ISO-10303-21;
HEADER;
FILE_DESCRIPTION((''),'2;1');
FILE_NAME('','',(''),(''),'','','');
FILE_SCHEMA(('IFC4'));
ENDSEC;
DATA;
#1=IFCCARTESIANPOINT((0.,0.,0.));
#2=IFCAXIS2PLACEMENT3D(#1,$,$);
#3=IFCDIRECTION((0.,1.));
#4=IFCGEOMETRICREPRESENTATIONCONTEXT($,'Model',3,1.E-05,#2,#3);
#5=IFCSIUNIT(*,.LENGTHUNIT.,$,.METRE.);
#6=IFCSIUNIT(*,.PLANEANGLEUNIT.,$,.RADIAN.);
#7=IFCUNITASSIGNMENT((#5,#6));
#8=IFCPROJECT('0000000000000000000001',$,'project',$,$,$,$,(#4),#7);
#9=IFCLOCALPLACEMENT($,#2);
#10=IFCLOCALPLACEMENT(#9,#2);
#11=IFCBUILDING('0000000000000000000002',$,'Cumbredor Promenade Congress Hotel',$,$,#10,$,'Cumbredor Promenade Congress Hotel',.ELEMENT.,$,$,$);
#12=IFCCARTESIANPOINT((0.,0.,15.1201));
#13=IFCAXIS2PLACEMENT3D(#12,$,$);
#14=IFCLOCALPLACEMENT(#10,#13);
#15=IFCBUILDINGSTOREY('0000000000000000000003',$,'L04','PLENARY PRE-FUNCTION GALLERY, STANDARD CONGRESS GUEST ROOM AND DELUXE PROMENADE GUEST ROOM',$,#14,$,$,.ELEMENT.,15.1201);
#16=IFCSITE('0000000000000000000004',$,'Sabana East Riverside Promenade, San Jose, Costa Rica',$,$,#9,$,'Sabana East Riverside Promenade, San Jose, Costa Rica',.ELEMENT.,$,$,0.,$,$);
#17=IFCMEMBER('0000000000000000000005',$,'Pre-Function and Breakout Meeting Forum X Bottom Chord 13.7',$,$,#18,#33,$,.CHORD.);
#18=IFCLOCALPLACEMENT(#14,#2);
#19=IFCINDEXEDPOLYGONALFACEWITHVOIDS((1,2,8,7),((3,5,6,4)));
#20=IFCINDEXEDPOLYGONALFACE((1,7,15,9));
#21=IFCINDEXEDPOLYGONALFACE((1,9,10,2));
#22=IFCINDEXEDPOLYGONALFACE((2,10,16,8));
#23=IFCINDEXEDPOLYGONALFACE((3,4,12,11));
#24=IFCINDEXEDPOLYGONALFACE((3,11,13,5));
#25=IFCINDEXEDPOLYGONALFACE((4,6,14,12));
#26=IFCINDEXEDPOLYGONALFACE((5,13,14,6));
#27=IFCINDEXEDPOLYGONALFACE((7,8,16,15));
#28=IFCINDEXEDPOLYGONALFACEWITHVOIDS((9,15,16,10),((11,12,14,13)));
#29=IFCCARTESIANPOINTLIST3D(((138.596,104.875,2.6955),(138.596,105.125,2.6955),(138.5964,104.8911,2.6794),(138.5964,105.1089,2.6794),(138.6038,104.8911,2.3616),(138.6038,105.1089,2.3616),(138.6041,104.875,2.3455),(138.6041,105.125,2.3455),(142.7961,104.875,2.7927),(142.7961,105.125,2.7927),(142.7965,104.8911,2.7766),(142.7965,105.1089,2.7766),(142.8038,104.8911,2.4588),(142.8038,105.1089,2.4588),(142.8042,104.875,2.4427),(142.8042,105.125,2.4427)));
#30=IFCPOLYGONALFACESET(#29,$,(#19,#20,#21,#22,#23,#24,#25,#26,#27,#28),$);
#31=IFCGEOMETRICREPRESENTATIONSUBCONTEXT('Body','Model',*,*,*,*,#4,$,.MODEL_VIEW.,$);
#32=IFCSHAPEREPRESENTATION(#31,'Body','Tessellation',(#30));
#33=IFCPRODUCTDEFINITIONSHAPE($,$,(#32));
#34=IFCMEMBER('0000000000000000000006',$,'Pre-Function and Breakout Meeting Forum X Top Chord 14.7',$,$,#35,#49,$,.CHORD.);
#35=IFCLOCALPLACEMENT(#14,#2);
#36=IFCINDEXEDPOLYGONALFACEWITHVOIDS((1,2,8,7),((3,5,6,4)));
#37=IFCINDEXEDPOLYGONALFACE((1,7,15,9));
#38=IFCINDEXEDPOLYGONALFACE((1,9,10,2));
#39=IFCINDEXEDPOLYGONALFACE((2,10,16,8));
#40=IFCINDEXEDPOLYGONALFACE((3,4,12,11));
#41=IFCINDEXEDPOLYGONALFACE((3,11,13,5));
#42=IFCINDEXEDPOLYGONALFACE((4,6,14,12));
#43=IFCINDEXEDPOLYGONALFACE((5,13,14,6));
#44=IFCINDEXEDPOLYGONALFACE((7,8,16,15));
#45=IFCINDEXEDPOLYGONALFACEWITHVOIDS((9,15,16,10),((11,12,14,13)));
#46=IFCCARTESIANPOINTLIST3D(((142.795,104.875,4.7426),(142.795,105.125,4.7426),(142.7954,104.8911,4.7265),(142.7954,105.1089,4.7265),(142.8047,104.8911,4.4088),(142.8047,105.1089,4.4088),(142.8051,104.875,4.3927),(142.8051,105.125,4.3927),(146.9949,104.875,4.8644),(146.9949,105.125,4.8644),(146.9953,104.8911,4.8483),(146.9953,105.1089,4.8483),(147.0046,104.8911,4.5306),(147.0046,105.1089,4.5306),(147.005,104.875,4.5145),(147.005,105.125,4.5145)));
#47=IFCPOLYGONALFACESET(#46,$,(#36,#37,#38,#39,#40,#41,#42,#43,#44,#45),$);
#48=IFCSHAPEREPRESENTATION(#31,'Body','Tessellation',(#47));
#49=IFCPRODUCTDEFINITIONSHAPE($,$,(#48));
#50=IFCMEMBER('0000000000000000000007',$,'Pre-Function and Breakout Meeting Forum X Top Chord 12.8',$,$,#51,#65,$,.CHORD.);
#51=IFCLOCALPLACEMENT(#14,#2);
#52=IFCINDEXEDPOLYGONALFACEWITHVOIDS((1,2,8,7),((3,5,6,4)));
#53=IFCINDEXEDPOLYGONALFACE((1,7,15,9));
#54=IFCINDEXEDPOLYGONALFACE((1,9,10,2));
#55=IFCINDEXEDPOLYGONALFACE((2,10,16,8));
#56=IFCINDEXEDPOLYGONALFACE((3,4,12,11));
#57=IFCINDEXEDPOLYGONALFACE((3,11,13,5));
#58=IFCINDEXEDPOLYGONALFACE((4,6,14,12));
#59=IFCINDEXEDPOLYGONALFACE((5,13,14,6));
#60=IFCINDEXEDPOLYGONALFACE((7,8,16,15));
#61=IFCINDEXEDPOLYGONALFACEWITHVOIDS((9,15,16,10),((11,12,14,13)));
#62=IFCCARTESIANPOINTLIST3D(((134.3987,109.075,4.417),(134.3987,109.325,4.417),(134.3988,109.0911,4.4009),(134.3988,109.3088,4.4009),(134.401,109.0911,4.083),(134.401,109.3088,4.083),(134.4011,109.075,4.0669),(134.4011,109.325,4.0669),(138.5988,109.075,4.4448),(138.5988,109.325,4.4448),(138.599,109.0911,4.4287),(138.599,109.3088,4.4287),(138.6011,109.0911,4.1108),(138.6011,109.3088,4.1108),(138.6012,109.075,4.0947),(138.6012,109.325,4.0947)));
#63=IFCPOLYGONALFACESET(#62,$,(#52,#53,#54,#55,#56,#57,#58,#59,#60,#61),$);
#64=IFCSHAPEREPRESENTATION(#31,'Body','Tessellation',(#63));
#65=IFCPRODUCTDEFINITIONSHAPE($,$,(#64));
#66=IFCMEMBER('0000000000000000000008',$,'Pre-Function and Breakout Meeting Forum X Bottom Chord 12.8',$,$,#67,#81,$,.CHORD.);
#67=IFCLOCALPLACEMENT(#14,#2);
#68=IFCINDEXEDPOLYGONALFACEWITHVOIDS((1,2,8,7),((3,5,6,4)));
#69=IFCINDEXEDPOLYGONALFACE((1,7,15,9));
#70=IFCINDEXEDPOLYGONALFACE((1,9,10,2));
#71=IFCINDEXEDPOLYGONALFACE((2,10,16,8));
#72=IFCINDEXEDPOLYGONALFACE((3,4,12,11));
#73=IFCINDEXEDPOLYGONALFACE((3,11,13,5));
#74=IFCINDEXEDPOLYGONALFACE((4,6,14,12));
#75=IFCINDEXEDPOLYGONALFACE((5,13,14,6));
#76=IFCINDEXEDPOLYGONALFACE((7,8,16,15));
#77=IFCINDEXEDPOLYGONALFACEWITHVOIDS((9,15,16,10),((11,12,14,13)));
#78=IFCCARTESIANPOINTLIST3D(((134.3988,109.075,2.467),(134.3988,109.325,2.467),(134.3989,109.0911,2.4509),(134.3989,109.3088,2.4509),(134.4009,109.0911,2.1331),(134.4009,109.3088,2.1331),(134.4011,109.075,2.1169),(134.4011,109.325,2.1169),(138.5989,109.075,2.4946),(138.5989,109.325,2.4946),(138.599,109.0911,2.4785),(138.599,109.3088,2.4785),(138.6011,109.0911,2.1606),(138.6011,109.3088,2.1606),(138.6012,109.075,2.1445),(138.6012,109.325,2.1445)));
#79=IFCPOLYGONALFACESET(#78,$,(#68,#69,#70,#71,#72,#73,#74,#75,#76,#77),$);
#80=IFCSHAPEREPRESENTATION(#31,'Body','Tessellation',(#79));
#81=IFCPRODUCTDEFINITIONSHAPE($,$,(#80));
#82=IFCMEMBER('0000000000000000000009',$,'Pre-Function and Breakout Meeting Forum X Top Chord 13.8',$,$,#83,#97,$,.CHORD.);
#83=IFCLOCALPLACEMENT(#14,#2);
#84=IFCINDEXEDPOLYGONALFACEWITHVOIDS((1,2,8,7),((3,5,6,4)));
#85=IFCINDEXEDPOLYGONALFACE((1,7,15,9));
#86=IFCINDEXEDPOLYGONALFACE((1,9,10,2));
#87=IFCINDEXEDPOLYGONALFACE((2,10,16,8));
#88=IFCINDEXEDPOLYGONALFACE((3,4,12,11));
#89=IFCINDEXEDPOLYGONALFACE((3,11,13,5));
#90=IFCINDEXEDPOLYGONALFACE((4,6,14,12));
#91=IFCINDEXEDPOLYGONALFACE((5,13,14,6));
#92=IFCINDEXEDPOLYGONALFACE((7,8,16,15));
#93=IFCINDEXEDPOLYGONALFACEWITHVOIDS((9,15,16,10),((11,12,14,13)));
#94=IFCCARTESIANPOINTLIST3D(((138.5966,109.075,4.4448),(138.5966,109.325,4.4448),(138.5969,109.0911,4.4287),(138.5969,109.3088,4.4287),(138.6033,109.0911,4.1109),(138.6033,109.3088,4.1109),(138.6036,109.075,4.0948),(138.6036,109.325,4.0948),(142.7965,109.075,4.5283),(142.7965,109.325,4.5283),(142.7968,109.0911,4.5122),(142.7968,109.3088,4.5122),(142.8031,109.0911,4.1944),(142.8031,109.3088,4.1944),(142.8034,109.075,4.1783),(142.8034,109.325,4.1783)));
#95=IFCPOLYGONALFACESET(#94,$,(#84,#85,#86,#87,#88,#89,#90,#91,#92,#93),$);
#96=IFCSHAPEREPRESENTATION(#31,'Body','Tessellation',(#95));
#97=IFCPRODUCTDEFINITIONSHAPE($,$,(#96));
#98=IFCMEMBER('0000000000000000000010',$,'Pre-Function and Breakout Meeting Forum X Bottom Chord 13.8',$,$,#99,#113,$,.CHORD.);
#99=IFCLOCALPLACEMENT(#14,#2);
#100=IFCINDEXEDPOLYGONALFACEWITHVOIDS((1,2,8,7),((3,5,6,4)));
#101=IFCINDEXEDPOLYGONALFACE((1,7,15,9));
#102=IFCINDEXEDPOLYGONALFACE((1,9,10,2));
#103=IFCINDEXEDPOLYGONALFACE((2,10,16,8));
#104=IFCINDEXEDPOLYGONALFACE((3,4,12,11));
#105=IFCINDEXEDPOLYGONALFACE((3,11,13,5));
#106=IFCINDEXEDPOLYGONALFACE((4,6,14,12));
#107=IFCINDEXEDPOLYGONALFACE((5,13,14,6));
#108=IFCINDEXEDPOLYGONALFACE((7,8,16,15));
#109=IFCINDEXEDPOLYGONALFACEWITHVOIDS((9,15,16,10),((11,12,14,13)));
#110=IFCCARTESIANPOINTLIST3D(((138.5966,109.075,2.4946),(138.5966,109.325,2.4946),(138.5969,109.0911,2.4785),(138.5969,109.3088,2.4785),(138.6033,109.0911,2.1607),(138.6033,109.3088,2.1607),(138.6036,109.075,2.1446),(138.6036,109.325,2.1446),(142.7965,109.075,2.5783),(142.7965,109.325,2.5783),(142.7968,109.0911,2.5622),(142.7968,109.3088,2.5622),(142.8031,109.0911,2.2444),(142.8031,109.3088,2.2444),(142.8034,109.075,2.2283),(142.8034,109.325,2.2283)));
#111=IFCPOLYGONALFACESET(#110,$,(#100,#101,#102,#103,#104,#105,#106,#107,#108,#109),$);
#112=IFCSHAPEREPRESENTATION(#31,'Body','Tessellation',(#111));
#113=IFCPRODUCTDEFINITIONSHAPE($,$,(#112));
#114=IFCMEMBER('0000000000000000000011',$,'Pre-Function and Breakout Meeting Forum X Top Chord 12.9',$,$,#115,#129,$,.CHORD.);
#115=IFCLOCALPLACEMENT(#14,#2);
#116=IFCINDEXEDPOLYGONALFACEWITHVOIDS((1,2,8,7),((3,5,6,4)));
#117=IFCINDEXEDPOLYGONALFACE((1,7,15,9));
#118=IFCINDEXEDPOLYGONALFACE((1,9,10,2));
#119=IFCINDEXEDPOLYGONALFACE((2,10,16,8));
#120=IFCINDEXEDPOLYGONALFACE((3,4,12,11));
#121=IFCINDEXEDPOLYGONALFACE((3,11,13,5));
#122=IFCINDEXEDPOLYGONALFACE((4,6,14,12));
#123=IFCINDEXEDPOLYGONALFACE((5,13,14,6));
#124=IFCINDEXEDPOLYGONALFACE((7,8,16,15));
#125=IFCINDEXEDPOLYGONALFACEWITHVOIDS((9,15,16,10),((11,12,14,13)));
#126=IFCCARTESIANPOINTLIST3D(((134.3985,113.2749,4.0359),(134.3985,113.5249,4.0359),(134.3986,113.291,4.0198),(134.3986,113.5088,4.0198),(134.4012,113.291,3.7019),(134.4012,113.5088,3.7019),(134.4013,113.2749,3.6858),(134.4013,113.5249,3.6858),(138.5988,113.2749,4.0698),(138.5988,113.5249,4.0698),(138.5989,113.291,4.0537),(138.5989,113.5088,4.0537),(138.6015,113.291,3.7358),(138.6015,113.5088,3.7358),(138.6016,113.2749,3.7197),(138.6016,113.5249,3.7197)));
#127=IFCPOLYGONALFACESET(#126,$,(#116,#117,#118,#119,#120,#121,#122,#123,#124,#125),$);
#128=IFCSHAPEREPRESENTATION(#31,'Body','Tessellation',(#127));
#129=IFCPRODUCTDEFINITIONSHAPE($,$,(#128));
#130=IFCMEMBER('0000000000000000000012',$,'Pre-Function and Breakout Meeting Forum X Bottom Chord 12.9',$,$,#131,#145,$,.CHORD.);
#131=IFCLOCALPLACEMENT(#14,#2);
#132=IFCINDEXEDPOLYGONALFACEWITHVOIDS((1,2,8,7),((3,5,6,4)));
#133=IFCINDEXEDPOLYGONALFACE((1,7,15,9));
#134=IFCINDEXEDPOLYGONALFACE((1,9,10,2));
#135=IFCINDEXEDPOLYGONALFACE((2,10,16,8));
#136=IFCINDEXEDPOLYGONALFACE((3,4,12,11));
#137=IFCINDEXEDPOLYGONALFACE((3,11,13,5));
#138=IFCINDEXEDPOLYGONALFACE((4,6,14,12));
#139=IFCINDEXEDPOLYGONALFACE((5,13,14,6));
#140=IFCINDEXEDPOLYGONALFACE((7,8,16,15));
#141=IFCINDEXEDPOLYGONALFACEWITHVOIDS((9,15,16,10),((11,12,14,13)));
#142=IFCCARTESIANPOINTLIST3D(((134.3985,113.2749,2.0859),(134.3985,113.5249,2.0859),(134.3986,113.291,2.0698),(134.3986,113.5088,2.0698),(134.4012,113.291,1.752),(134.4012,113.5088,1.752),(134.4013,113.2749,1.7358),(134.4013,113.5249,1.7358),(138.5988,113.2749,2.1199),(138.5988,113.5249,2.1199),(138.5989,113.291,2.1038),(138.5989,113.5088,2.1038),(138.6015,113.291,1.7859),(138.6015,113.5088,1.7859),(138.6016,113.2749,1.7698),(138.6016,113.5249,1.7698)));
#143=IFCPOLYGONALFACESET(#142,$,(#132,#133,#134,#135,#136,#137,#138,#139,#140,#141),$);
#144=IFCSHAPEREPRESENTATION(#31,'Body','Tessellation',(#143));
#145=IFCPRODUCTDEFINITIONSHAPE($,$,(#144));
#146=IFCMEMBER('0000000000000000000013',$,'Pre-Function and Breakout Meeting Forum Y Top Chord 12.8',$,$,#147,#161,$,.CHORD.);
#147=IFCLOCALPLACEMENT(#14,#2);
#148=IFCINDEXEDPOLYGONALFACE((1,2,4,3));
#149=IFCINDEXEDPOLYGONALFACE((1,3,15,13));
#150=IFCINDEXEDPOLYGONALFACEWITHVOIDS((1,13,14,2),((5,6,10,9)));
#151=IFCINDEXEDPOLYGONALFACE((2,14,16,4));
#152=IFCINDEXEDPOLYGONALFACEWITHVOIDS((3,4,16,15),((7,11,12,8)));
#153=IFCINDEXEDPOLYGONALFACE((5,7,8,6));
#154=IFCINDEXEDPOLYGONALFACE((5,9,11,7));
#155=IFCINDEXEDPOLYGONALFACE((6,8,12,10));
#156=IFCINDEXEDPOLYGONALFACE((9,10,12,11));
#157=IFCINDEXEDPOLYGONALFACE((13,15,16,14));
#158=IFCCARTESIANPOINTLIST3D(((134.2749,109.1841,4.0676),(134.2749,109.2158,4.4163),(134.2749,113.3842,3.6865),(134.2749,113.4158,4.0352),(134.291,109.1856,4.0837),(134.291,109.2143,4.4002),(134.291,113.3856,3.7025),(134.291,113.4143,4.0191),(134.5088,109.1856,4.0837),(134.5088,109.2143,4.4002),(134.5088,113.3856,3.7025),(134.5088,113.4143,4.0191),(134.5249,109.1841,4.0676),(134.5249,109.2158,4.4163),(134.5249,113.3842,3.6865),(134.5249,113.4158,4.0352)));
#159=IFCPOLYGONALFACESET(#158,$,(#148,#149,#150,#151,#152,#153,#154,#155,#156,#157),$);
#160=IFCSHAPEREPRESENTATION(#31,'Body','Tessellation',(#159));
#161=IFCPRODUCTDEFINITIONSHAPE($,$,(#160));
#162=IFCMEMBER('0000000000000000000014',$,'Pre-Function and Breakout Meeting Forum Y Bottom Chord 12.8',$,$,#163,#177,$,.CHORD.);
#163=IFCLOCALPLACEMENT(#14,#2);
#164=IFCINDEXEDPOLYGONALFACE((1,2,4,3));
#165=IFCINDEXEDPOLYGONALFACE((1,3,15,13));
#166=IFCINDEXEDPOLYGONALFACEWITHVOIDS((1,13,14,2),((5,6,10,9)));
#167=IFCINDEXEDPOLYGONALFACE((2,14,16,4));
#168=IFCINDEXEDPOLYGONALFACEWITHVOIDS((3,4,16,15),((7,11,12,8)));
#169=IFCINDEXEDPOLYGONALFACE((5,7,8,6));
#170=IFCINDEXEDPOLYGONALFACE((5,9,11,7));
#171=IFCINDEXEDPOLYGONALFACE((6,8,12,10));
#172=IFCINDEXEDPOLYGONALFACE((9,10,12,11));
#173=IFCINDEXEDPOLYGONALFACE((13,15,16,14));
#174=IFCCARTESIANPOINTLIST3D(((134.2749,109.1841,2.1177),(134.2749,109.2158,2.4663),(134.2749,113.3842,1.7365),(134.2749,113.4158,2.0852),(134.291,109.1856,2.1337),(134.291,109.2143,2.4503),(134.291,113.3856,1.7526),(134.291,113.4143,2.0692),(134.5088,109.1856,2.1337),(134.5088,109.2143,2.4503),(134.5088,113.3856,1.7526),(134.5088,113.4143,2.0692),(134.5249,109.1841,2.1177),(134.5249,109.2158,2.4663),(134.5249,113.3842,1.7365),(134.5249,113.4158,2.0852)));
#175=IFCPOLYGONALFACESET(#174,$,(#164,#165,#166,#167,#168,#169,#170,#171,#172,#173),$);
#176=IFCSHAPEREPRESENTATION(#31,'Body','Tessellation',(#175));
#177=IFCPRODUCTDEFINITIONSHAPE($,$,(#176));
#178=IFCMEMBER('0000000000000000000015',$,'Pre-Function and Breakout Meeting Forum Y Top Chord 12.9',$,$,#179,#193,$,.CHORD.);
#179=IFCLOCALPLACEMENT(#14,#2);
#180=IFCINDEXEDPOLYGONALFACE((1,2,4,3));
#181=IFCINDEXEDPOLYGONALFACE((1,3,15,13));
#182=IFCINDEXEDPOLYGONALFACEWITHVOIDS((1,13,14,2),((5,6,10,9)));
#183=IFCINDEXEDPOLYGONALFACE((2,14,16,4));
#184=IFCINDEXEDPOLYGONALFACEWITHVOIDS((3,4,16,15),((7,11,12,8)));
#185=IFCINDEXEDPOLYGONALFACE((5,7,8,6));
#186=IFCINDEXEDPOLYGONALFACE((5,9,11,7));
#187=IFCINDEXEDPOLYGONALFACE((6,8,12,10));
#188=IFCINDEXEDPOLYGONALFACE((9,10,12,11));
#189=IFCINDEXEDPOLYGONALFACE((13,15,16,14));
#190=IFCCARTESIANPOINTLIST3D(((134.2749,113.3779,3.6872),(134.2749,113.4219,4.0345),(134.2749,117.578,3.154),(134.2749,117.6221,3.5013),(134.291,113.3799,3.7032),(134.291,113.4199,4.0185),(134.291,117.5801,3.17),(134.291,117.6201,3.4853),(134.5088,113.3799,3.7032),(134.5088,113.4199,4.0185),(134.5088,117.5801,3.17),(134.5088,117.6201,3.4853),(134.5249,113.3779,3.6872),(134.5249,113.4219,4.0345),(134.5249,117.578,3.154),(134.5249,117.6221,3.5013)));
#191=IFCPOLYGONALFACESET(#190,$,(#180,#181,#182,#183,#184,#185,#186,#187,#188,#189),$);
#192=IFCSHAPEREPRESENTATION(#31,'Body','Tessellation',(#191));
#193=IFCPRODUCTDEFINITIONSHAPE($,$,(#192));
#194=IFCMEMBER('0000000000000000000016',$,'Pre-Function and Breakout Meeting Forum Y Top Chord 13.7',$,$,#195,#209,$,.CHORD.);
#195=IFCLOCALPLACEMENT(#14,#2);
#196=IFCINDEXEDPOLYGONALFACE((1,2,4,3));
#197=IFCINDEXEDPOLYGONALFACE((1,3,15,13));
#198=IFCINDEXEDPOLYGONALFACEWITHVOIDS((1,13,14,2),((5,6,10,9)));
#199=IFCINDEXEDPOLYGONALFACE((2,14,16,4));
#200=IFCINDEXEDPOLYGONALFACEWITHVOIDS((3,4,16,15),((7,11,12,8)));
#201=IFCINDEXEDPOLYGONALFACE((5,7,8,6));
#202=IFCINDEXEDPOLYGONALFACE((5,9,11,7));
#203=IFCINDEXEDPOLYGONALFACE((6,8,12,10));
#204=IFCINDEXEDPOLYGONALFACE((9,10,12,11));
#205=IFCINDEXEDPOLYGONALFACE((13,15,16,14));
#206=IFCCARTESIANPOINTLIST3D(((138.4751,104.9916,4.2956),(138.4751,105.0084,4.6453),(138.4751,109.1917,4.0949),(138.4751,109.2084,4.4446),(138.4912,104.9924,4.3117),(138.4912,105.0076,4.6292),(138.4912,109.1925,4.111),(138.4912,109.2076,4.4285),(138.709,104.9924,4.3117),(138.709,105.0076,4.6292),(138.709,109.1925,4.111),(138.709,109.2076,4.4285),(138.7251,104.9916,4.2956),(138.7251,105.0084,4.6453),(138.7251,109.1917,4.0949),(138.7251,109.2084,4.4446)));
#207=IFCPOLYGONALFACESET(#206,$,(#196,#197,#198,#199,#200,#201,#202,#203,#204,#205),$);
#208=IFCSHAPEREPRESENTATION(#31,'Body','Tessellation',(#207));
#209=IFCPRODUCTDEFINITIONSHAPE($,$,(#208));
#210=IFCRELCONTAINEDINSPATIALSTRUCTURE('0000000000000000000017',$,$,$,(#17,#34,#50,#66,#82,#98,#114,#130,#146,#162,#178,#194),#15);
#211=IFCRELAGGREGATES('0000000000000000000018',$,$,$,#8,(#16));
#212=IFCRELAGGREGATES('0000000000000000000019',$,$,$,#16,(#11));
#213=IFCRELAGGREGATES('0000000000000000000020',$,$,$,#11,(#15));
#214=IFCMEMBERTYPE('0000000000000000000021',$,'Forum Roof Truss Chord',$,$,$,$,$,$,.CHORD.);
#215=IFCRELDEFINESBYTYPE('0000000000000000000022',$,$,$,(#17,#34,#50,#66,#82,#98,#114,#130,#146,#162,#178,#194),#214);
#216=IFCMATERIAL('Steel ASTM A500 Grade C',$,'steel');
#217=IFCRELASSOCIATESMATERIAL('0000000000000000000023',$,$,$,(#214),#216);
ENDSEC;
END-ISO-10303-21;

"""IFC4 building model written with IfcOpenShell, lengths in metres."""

from ifc_helpers import new_model, si_unit, direction, frame, origin, origin_2d, place, context, subcontext, project, spatial, hollow_rectangle, extrude, material, material_profile, profile_set, type_object, element, save


model = new_model("IFC4")

# Units and contexts
model_context = context("Model", 3, precision=1e-05, world=origin(), true_north=direction((0.0, 1.0)))
body_context = subcontext(model_context, "Body", "Model", "MODEL_VIEW")
ifc_project = project(units=[si_unit("LENGTHUNIT", "METRE"), si_unit("PLANEANGLEUNIT", "RADIAN")], contexts=[model_context])

# Site, building, storey
site_placement = place(None, origin())
site = spatial("IfcSite", under=ifc_project, at=site_placement, Name="Sabana East Riverside Promenade, San Jose, Costa Rica", LongName="Sabana East Riverside Promenade, San Jose, Costa Rica", CompositionType="ELEMENT", RefElevation=0.0)
building_placement = place(site_placement, origin())
building = spatial("IfcBuilding", under=site, at=building_placement, Name="Cumbredor Promenade Congress Hotel", LongName="Cumbredor Promenade Congress Hotel", CompositionType="ELEMENT")
storey_placement = place(building_placement, frame((0.0, 0.0, 15.1201)))
storey = spatial("IfcBuildingStorey", under=building, at=storey_placement, Name="L04", Description="PLENARY PRE-FUNCTION GALLERY, STANDARD CONGRESS GUEST ROOM AND DELUXE PROMENADE GUEST ROOM", CompositionType="ELEMENT", Elevation=15.1201)

# Members
ifc_material_1 = material(Name="Steel ASTM A500 Grade C", Category="steel")
ifc_material_profile_1 = material_profile(ifc_material_1, hollow_rectangle(XDim=0.25, YDim=0.3501, WallThickness=0.0161, at=origin_2d()), Name="HSS 350x250x16")
ifc_profile_set_1 = profile_set([ifc_material_profile_1], Name="Steel ASTM A500 Grade C")
member_type_1 = type_object("IfcMemberType", Name="Forum Roof Truss Chord", PredefinedType="CHORD", material=ifc_profile_set_1)
member_1_placement = place(storey_placement, frame((138.6001, 105.0, 2.5205), z_axis=(0.999732, 0.0, 0.023129), x_axis=(0.0, 1.0, 0.0)))
element("IfcMember", 1, at=member_1_placement, inside=storey, type_object=member_type_1, Name="Pre-Function and Breakout Meeting Forum X Bottom Chord 13.7", PredefinedType="CHORD", context=body_context, shape_type="SweptSolid", body=[
    extrude(hollow_rectangle(XDim=0.25, YDim=0.3501, WallThickness=0.0161, at=origin_2d()), origin(), (0.0, 0.0, 1.0), 4.2012),
])
member_2_placement = place(storey_placement, frame((142.8, 105.0, 4.5676), z_axis=(0.99958, 0.0, 0.028994), x_axis=(0.0, 1.0, 0.0)))
element("IfcMember", 2, at=member_2_placement, inside=storey, type_object=member_type_1, Name="Pre-Function and Breakout Meeting Forum X Top Chord 14.7", PredefinedType="CHORD", context=body_context, shape_type="SweptSolid", body=[
    extrude(hollow_rectangle(XDim=0.25, YDim=0.3501, WallThickness=0.0161, at=origin_2d()), origin(), (0.0, 0.0, 1.0), 4.2017),
])
for number, where, z_axis, x_axis, name in (
    (3, (134.3999, 109.2, 4.2419), (0.999978, 0.0, 0.006626), (0.0, 1.0, 0.0), "Pre-Function and Breakout Meeting Forum X Top Chord 12.8"),
    (4, (134.3999, 109.2, 2.292), (0.999978, 0.0, 0.006568), (0.0, 1.0, 0.0), "Pre-Function and Breakout Meeting Forum X Bottom Chord 12.8"),
):
    element("IfcMember", number, at=place(storey_placement, frame(where, z_axis=z_axis, x_axis=x_axis)), inside=storey, type_object=member_type_1, Name=name, PredefinedType="CHORD", context=body_context, shape_type="SweptSolid", body=[
        extrude(hollow_rectangle(XDim=0.25, YDim=0.3501, WallThickness=0.0161, at=origin_2d()), origin(), (0.0, 0.0, 1.0), 4.2002),
    ])
for number, where, z_axis, x_axis, name in (
    (5, (138.6001, 109.2, 4.2698), (0.999802, 0.0, 0.019876), (0.0, 1.0, 0.0), "Pre-Function and Breakout Meeting Forum X Top Chord 13.8"),
    (6, (138.6001, 109.2, 2.3196), (0.999801, 0.0, 0.019934), (0.0, 1.0, 0.0), "Pre-Function and Breakout Meeting Forum X Bottom Chord 13.8"),
):
    element("IfcMember", number, at=place(storey_placement, frame(where, z_axis=z_axis, x_axis=x_axis)), inside=storey, type_object=member_type_1, Name=name, PredefinedType="CHORD", context=body_context, shape_type="SweptSolid", body=[
        extrude(hollow_rectangle(XDim=0.25, YDim=0.3501, WallThickness=0.0161, at=origin_2d()), origin(), (0.0, 0.0, 1.0), 4.2007),
    ])
for number, where, z_axis, x_axis, name in (
    (7, (134.3999, 113.3999, 3.8608), (0.999967, 0.0, 0.008079), (0.0, 1.0, 0.0), "Pre-Function and Breakout Meeting Forum X Top Chord 12.9"),
    (8, (134.3999, 113.3999, 1.9109), (0.999967, 0.0, 0.008079), (0.0, 1.0, 0.0), "Pre-Function and Breakout Meeting Forum X Bottom Chord 12.9"),
):
    element("IfcMember", number, at=place(storey_placement, frame(where, z_axis=z_axis, x_axis=x_axis)), inside=storey, type_object=member_type_1, Name=name, PredefinedType="CHORD", context=body_context, shape_type="SweptSolid", body=[
        extrude(hollow_rectangle(XDim=0.25, YDim=0.3501, WallThickness=0.0161, at=origin_2d()), origin(), (0.0, 0.0, 1.0), 4.2004),
    ])
for number, where, z_axis, x_axis, name in (
    (9, (134.3999, 109.2, 4.2419), (0.0, 0.995908, -0.090369), (-1.0, 0.0, 0.0), "Pre-Function and Breakout Meeting Forum Y Top Chord 12.8"),
    (10, (134.3999, 109.2, 2.292), (0.0, 0.995908, -0.090369), (-1.0, 0.0, 0.0), "Pre-Function and Breakout Meeting Forum Y Bottom Chord 12.8"),
):
    element("IfcMember", number, at=place(storey_placement, frame(where, z_axis=z_axis, x_axis=x_axis)), inside=storey, type_object=member_type_1, Name=name, PredefinedType="CHORD", context=body_context, shape_type="SweptSolid", body=[
        extrude(hollow_rectangle(XDim=0.25, YDim=0.3501, WallThickness=0.0161, at=origin_2d()), origin(), (0.0, 0.0, 1.0), 4.2173),
    ])
member_3_placement = place(storey_placement, frame((134.3999, 113.3999, 3.8608), z_axis=(0.0, 0.992038, -0.125937), x_axis=(-1.0, 0.0, 0.0)))
element("IfcMember", 11, at=member_3_placement, inside=storey, type_object=member_type_1, Name="Pre-Function and Breakout Meeting Forum Y Top Chord 12.9", PredefinedType="CHORD", context=body_context, shape_type="SweptSolid", body=[
    extrude(hollow_rectangle(XDim=0.25, YDim=0.3501, WallThickness=0.0161, at=origin_2d()), origin(), (0.0, 0.0, 1.0), 4.2339),
])
for number, where, z_axis, x_axis, name in (
    (12, (138.6001, 105.0, 4.4705), (0.0, 0.99886, -0.047728), (-1.0, 0.0, 0.0), "Pre-Function and Breakout Meeting Forum Y Top Chord 13.7"),
):
    element("IfcMember", number, at=place(storey_placement, frame(where, z_axis=z_axis, x_axis=x_axis)), inside=storey, type_object=member_type_1, Name=name, PredefinedType="CHORD", context=body_context, shape_type="SweptSolid", body=[
        extrude(hollow_rectangle(XDim=0.25, YDim=0.3501, WallThickness=0.0161, at=origin_2d()), origin(), (0.0, 0.0, 1.0), 4.2048),
    ])

save(model, "model.ifc")
